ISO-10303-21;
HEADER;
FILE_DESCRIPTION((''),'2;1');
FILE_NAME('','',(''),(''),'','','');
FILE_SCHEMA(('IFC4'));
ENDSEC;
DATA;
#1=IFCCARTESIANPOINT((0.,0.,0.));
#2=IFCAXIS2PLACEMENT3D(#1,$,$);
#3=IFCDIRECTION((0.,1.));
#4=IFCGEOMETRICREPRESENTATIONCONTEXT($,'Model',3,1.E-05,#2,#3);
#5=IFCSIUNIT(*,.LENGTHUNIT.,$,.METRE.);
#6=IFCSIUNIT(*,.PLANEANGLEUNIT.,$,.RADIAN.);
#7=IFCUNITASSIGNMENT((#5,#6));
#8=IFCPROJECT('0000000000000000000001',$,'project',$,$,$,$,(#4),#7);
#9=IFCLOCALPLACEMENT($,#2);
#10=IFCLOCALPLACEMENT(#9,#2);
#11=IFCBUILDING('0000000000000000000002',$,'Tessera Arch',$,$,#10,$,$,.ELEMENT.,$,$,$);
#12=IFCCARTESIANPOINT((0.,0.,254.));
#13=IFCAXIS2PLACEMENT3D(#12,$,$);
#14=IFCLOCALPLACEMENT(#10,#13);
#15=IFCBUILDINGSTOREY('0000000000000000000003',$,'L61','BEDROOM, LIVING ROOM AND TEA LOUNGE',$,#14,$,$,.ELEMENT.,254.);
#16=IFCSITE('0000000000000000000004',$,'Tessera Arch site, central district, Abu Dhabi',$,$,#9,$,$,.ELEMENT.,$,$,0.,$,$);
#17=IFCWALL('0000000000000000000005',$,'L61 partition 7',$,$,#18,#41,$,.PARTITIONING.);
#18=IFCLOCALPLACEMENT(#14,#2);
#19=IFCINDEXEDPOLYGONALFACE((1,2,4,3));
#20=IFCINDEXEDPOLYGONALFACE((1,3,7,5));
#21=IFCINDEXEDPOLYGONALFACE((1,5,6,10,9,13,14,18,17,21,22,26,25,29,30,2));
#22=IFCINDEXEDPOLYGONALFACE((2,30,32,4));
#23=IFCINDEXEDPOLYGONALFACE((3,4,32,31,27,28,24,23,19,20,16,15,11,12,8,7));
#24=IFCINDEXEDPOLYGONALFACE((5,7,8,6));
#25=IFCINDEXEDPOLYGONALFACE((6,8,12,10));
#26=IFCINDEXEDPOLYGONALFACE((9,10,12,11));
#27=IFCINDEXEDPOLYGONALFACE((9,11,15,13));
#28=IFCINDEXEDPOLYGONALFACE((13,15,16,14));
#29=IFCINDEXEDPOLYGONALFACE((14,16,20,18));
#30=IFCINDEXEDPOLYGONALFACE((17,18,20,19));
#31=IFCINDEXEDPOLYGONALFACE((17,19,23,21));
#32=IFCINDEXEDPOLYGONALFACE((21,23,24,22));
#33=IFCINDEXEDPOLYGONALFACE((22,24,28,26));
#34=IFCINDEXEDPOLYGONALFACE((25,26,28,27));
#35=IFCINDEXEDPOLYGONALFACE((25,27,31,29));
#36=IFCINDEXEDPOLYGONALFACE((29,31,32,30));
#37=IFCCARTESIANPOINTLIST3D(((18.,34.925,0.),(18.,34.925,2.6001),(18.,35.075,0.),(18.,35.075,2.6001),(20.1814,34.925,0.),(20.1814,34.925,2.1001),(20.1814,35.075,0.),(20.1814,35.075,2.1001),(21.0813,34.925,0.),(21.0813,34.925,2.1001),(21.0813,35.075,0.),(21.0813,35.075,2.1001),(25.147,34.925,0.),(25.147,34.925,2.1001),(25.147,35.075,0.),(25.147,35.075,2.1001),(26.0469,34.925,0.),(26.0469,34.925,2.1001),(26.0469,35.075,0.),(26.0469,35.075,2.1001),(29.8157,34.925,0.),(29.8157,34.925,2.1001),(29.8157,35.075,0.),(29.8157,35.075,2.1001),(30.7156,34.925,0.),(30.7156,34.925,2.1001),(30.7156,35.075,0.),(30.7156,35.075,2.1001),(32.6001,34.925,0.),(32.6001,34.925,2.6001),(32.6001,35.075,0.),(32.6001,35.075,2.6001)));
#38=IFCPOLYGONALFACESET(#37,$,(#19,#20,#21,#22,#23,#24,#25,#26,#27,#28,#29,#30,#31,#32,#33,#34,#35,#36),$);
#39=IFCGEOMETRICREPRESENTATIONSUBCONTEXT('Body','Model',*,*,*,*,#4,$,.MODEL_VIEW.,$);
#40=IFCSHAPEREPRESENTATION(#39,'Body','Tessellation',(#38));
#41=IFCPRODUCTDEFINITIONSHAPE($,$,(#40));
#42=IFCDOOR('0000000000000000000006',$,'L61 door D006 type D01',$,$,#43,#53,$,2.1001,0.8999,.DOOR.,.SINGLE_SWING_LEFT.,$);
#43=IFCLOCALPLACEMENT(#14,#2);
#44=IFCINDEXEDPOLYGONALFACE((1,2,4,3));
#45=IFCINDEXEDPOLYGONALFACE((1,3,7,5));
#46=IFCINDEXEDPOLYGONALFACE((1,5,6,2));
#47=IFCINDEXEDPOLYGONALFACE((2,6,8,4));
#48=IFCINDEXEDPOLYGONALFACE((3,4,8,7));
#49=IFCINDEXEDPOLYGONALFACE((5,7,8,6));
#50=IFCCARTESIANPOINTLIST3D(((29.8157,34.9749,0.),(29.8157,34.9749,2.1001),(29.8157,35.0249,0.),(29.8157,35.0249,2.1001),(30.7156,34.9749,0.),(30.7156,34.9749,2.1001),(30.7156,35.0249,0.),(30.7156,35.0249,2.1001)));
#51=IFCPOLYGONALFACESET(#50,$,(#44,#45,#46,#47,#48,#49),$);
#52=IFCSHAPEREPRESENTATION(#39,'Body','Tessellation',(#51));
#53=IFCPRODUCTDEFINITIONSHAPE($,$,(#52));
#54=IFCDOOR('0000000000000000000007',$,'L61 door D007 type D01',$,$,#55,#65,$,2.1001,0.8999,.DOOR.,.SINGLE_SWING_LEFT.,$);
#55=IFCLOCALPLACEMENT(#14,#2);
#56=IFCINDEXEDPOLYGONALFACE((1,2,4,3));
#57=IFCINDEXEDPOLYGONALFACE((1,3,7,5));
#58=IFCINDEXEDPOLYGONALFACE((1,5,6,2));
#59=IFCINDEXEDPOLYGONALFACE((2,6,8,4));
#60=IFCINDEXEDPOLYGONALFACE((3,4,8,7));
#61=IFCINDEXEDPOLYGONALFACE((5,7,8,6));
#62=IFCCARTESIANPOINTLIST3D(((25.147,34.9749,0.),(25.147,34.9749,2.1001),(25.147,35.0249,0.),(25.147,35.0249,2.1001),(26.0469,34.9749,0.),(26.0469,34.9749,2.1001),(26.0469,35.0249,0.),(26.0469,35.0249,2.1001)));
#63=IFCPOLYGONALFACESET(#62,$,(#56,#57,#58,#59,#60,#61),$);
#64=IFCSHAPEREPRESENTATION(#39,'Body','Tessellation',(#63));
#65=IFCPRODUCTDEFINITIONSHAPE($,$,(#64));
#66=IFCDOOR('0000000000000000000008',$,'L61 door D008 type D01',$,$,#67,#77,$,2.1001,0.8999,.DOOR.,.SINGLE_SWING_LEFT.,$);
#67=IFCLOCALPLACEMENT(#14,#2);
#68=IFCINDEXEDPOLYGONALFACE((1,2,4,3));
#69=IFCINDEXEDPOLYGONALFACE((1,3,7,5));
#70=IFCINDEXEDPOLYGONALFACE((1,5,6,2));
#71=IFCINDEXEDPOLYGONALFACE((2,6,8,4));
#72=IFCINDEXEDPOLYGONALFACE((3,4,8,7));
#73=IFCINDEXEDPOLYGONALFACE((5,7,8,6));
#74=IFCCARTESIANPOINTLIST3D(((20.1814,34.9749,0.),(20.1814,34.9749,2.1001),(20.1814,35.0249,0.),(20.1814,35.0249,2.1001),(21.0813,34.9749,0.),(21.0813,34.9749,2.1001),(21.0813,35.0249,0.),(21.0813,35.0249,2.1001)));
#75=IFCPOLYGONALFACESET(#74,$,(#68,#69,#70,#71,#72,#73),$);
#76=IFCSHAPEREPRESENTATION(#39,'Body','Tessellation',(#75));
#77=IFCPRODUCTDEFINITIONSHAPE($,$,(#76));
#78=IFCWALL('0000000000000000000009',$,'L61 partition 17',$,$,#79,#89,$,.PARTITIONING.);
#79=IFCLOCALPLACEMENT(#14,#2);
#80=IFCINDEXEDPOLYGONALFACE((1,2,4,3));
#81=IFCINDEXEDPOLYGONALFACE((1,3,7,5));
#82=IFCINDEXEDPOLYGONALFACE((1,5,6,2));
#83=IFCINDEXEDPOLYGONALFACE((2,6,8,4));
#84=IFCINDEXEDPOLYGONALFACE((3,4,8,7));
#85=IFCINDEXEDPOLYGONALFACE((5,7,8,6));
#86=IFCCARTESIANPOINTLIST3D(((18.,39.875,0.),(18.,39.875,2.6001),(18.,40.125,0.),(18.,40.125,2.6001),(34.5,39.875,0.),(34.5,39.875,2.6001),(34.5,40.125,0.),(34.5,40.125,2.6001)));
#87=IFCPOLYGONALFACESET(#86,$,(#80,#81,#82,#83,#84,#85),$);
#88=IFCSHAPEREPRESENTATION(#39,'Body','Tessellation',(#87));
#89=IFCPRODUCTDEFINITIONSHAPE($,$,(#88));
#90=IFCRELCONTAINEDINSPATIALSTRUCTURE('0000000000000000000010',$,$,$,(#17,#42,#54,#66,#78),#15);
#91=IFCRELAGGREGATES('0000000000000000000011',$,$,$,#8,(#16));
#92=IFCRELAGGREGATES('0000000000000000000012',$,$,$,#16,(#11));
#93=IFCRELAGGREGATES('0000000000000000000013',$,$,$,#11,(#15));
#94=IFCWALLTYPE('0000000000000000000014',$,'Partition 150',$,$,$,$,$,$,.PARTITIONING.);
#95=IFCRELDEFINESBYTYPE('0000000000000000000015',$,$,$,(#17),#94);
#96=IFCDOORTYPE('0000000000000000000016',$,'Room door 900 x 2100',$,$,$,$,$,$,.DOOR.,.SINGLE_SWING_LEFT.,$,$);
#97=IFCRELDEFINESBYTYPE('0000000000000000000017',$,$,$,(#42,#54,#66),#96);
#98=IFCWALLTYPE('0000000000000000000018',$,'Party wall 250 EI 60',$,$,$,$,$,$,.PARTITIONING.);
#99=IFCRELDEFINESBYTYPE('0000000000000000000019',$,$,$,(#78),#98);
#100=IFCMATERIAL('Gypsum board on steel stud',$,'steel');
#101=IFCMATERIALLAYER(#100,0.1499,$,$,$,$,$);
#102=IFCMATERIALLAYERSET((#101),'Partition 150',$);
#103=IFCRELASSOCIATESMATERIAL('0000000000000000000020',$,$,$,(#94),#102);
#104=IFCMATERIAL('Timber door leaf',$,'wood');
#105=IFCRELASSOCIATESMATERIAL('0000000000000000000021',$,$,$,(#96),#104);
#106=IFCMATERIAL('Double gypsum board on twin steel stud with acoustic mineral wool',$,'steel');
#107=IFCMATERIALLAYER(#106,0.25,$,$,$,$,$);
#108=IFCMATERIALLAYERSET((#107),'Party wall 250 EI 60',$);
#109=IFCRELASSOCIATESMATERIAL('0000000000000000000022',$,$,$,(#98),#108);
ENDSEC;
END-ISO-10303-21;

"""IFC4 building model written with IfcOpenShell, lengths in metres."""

from ifc_helpers import new_model, si_unit, direction, frame, frame_2d, origin, place, context, subcontext, project, spatial, rectangle, extrude, material, layer, layer_set, type_object, element, fill, save


model = new_model("IFC4")

# Units and contexts
model_context = context("Model", 3, precision=1e-05, world=origin(), true_north=direction((0.0, 1.0)))
body_context = subcontext(model_context, "Body", "Model", "MODEL_VIEW")
ifc_project = project(units=[si_unit("LENGTHUNIT", "METRE"), si_unit("PLANEANGLEUNIT", "RADIAN")], contexts=[model_context])

# Site, building, storey
site_placement = place(None, origin())
site = spatial("IfcSite", under=ifc_project, at=site_placement, Name="Tessera Arch site, central district, Abu Dhabi", CompositionType="ELEMENT", RefElevation=0.0)
building_placement = place(site_placement, origin())
building = spatial("IfcBuilding", under=site, at=building_placement, Name="Tessera Arch", CompositionType="ELEMENT")
storey_placement = place(building_placement, frame((0.0, 0.0, 254.0)))
storey = spatial("IfcBuildingStorey", under=building, at=storey_placement, Name="L61", Description="BEDROOM, LIVING ROOM AND TEA LOUNGE", CompositionType="ELEMENT", Elevation=254.0)

# Wall, openings, doors
ifc_material_1 = material(Name="Gypsum board on steel stud", Category="steel")
ifc_layer_1 = layer(ifc_material_1, 0.1499)
ifc_layer_set_1 = layer_set([ifc_layer_1], Name="Partition 150")
wall_type_1 = type_object("IfcWallType", Name="Partition 150", PredefinedType="PARTITIONING", material=ifc_layer_set_1)
wall_1_placement = place(storey_placement, frame((18.0, 35.0, 0.0), z_axis=(0.0, 0.0, 1.0), x_axis=(1.0, 0.0, 0.0)))
wall_1 = element("IfcWall", 1, at=wall_1_placement, inside=storey, type_object=wall_type_1, Name="L61 partition 7", PredefinedType="PARTITIONING", context=body_context, shape_type="SweptSolid", body=[
    extrude(rectangle(XDim=14.6001, YDim=0.1499, at=frame_2d((7.3, 0.0))), origin(), (0.0, 0.0, 1.0), 2.6001),
])
opening_1_placement = place(wall_1_placement, frame((11.8157, 0.0, 0.0)))
opening_1 = element("IfcOpeningElement", 2, at=opening_1_placement, cuts=wall_1, PredefinedType="OPENING", context=body_context, shape_type="SweptSolid", body=[
    extrude(rectangle(XDim=0.8999, YDim=2.1001, at=frame_2d((0.45, 1.05))), frame((0.0, 0.085, 0.0), z_axis=(0.0, -1.0, 0.0), x_axis=(1.0, 0.0, 0.0)), (0.0, 0.0, 1.0), 0.1699),
])
opening_2_placement = place(wall_1_placement, frame((7.147, 0.0, 0.0)))
opening_2 = element("IfcOpeningElement", 3, at=opening_2_placement, cuts=wall_1, PredefinedType="OPENING", context=body_context, shape_type="SweptSolid", body=[
    extrude(rectangle(XDim=0.8999, YDim=2.1001, at=frame_2d((0.45, 1.05))), frame((0.0, 0.085, 0.0), z_axis=(0.0, -1.0, 0.0), x_axis=(1.0, 0.0, 0.0)), (0.0, 0.0, 1.0), 0.1699),
])
opening_3_placement = place(wall_1_placement, frame((2.1814, 0.0, 0.0)))
opening_3 = element("IfcOpeningElement", 4, at=opening_3_placement, cuts=wall_1, PredefinedType="OPENING", context=body_context, shape_type="SweptSolid", body=[
    extrude(rectangle(XDim=0.8999, YDim=2.1001, at=frame_2d((0.45, 1.05))), frame((0.0, 0.085, 0.0), z_axis=(0.0, -1.0, 0.0), x_axis=(1.0, 0.0, 0.0)), (0.0, 0.0, 1.0), 0.1699),
])
ifc_material_2 = material(Name="Timber door leaf", Category="wood")
door_type = type_object("IfcDoorType", Name="Room door 900 x 2100", OperationType="SINGLE_SWING_LEFT", PredefinedType="DOOR", material=ifc_material_2)
door_1_placement = place(opening_1_placement, origin())
door_1 = element("IfcDoor", 5, at=door_1_placement, inside=storey, type_object=door_type, Name="L61 door D006 type D01", OperationType="SINGLE_SWING_LEFT", OverallHeight=2.1001, OverallWidth=0.8999, PredefinedType="DOOR", context=body_context, shape_type="SweptSolid", body=[
    extrude(rectangle(XDim=0.8999, YDim=2.1001, at=frame_2d((0.45, 1.05))), frame((0.0, 0.0249, 0.0), z_axis=(0.0, -1.0, 0.0), x_axis=(1.0, 0.0, 0.0)), (0.0, 0.0, 1.0), 0.05),
])
fill(opening_1, door_1)
door_2_placement = place(opening_2_placement, origin())
door_2 = element("IfcDoor", 6, at=door_2_placement, inside=storey, type_object=door_type, Name="L61 door D007 type D01", OperationType="SINGLE_SWING_LEFT", OverallHeight=2.1001, OverallWidth=0.8999, PredefinedType="DOOR", context=body_context, shape_type="SweptSolid", body=[
    extrude(rectangle(XDim=0.8999, YDim=2.1001, at=frame_2d((0.45, 1.05))), frame((0.0, 0.0249, 0.0), z_axis=(0.0, -1.0, 0.0), x_axis=(1.0, 0.0, 0.0)), (0.0, 0.0, 1.0), 0.05),
])
fill(opening_2, door_2)
door_3_placement = place(opening_3_placement, origin())
door_3 = element("IfcDoor", 7, at=door_3_placement, inside=storey, type_object=door_type, Name="L61 door D008 type D01", OperationType="SINGLE_SWING_LEFT", OverallHeight=2.1001, OverallWidth=0.8999, PredefinedType="DOOR", context=body_context, shape_type="SweptSolid", body=[
    extrude(rectangle(XDim=0.8999, YDim=2.1001, at=frame_2d((0.45, 1.05))), frame((0.0, 0.0249, 0.0), z_axis=(0.0, -1.0, 0.0), x_axis=(1.0, 0.0, 0.0)), (0.0, 0.0, 1.0), 0.05),
])
fill(opening_3, door_3)

# Wall
ifc_material_3 = material(Name="Double gypsum board on twin steel stud with acoustic mineral wool", Category="steel")
ifc_layer_2 = layer(ifc_material_3, 0.25)
ifc_layer_set_2 = layer_set([ifc_layer_2], Name="Party wall 250 EI 60")
wall_type_2 = type_object("IfcWallType", Name="Party wall 250 EI 60", PredefinedType="PARTITIONING", material=ifc_layer_set_2)
wall_2_placement = place(storey_placement, frame((18.0, 40.0, 0.0), z_axis=(0.0, 0.0, 1.0), x_axis=(1.0, 0.0, 0.0)))
element("IfcWall", 8, at=wall_2_placement, inside=storey, type_object=wall_type_2, Name="L61 partition 17", PredefinedType="PARTITIONING", context=body_context, shape_type="SweptSolid", body=[
    extrude(rectangle(XDim=16.5, YDim=0.25, at=frame_2d((8.25, 0.0))), origin(), (0.0, 0.0, 1.0), 2.6001),
])

save(model, "model.ifc")
